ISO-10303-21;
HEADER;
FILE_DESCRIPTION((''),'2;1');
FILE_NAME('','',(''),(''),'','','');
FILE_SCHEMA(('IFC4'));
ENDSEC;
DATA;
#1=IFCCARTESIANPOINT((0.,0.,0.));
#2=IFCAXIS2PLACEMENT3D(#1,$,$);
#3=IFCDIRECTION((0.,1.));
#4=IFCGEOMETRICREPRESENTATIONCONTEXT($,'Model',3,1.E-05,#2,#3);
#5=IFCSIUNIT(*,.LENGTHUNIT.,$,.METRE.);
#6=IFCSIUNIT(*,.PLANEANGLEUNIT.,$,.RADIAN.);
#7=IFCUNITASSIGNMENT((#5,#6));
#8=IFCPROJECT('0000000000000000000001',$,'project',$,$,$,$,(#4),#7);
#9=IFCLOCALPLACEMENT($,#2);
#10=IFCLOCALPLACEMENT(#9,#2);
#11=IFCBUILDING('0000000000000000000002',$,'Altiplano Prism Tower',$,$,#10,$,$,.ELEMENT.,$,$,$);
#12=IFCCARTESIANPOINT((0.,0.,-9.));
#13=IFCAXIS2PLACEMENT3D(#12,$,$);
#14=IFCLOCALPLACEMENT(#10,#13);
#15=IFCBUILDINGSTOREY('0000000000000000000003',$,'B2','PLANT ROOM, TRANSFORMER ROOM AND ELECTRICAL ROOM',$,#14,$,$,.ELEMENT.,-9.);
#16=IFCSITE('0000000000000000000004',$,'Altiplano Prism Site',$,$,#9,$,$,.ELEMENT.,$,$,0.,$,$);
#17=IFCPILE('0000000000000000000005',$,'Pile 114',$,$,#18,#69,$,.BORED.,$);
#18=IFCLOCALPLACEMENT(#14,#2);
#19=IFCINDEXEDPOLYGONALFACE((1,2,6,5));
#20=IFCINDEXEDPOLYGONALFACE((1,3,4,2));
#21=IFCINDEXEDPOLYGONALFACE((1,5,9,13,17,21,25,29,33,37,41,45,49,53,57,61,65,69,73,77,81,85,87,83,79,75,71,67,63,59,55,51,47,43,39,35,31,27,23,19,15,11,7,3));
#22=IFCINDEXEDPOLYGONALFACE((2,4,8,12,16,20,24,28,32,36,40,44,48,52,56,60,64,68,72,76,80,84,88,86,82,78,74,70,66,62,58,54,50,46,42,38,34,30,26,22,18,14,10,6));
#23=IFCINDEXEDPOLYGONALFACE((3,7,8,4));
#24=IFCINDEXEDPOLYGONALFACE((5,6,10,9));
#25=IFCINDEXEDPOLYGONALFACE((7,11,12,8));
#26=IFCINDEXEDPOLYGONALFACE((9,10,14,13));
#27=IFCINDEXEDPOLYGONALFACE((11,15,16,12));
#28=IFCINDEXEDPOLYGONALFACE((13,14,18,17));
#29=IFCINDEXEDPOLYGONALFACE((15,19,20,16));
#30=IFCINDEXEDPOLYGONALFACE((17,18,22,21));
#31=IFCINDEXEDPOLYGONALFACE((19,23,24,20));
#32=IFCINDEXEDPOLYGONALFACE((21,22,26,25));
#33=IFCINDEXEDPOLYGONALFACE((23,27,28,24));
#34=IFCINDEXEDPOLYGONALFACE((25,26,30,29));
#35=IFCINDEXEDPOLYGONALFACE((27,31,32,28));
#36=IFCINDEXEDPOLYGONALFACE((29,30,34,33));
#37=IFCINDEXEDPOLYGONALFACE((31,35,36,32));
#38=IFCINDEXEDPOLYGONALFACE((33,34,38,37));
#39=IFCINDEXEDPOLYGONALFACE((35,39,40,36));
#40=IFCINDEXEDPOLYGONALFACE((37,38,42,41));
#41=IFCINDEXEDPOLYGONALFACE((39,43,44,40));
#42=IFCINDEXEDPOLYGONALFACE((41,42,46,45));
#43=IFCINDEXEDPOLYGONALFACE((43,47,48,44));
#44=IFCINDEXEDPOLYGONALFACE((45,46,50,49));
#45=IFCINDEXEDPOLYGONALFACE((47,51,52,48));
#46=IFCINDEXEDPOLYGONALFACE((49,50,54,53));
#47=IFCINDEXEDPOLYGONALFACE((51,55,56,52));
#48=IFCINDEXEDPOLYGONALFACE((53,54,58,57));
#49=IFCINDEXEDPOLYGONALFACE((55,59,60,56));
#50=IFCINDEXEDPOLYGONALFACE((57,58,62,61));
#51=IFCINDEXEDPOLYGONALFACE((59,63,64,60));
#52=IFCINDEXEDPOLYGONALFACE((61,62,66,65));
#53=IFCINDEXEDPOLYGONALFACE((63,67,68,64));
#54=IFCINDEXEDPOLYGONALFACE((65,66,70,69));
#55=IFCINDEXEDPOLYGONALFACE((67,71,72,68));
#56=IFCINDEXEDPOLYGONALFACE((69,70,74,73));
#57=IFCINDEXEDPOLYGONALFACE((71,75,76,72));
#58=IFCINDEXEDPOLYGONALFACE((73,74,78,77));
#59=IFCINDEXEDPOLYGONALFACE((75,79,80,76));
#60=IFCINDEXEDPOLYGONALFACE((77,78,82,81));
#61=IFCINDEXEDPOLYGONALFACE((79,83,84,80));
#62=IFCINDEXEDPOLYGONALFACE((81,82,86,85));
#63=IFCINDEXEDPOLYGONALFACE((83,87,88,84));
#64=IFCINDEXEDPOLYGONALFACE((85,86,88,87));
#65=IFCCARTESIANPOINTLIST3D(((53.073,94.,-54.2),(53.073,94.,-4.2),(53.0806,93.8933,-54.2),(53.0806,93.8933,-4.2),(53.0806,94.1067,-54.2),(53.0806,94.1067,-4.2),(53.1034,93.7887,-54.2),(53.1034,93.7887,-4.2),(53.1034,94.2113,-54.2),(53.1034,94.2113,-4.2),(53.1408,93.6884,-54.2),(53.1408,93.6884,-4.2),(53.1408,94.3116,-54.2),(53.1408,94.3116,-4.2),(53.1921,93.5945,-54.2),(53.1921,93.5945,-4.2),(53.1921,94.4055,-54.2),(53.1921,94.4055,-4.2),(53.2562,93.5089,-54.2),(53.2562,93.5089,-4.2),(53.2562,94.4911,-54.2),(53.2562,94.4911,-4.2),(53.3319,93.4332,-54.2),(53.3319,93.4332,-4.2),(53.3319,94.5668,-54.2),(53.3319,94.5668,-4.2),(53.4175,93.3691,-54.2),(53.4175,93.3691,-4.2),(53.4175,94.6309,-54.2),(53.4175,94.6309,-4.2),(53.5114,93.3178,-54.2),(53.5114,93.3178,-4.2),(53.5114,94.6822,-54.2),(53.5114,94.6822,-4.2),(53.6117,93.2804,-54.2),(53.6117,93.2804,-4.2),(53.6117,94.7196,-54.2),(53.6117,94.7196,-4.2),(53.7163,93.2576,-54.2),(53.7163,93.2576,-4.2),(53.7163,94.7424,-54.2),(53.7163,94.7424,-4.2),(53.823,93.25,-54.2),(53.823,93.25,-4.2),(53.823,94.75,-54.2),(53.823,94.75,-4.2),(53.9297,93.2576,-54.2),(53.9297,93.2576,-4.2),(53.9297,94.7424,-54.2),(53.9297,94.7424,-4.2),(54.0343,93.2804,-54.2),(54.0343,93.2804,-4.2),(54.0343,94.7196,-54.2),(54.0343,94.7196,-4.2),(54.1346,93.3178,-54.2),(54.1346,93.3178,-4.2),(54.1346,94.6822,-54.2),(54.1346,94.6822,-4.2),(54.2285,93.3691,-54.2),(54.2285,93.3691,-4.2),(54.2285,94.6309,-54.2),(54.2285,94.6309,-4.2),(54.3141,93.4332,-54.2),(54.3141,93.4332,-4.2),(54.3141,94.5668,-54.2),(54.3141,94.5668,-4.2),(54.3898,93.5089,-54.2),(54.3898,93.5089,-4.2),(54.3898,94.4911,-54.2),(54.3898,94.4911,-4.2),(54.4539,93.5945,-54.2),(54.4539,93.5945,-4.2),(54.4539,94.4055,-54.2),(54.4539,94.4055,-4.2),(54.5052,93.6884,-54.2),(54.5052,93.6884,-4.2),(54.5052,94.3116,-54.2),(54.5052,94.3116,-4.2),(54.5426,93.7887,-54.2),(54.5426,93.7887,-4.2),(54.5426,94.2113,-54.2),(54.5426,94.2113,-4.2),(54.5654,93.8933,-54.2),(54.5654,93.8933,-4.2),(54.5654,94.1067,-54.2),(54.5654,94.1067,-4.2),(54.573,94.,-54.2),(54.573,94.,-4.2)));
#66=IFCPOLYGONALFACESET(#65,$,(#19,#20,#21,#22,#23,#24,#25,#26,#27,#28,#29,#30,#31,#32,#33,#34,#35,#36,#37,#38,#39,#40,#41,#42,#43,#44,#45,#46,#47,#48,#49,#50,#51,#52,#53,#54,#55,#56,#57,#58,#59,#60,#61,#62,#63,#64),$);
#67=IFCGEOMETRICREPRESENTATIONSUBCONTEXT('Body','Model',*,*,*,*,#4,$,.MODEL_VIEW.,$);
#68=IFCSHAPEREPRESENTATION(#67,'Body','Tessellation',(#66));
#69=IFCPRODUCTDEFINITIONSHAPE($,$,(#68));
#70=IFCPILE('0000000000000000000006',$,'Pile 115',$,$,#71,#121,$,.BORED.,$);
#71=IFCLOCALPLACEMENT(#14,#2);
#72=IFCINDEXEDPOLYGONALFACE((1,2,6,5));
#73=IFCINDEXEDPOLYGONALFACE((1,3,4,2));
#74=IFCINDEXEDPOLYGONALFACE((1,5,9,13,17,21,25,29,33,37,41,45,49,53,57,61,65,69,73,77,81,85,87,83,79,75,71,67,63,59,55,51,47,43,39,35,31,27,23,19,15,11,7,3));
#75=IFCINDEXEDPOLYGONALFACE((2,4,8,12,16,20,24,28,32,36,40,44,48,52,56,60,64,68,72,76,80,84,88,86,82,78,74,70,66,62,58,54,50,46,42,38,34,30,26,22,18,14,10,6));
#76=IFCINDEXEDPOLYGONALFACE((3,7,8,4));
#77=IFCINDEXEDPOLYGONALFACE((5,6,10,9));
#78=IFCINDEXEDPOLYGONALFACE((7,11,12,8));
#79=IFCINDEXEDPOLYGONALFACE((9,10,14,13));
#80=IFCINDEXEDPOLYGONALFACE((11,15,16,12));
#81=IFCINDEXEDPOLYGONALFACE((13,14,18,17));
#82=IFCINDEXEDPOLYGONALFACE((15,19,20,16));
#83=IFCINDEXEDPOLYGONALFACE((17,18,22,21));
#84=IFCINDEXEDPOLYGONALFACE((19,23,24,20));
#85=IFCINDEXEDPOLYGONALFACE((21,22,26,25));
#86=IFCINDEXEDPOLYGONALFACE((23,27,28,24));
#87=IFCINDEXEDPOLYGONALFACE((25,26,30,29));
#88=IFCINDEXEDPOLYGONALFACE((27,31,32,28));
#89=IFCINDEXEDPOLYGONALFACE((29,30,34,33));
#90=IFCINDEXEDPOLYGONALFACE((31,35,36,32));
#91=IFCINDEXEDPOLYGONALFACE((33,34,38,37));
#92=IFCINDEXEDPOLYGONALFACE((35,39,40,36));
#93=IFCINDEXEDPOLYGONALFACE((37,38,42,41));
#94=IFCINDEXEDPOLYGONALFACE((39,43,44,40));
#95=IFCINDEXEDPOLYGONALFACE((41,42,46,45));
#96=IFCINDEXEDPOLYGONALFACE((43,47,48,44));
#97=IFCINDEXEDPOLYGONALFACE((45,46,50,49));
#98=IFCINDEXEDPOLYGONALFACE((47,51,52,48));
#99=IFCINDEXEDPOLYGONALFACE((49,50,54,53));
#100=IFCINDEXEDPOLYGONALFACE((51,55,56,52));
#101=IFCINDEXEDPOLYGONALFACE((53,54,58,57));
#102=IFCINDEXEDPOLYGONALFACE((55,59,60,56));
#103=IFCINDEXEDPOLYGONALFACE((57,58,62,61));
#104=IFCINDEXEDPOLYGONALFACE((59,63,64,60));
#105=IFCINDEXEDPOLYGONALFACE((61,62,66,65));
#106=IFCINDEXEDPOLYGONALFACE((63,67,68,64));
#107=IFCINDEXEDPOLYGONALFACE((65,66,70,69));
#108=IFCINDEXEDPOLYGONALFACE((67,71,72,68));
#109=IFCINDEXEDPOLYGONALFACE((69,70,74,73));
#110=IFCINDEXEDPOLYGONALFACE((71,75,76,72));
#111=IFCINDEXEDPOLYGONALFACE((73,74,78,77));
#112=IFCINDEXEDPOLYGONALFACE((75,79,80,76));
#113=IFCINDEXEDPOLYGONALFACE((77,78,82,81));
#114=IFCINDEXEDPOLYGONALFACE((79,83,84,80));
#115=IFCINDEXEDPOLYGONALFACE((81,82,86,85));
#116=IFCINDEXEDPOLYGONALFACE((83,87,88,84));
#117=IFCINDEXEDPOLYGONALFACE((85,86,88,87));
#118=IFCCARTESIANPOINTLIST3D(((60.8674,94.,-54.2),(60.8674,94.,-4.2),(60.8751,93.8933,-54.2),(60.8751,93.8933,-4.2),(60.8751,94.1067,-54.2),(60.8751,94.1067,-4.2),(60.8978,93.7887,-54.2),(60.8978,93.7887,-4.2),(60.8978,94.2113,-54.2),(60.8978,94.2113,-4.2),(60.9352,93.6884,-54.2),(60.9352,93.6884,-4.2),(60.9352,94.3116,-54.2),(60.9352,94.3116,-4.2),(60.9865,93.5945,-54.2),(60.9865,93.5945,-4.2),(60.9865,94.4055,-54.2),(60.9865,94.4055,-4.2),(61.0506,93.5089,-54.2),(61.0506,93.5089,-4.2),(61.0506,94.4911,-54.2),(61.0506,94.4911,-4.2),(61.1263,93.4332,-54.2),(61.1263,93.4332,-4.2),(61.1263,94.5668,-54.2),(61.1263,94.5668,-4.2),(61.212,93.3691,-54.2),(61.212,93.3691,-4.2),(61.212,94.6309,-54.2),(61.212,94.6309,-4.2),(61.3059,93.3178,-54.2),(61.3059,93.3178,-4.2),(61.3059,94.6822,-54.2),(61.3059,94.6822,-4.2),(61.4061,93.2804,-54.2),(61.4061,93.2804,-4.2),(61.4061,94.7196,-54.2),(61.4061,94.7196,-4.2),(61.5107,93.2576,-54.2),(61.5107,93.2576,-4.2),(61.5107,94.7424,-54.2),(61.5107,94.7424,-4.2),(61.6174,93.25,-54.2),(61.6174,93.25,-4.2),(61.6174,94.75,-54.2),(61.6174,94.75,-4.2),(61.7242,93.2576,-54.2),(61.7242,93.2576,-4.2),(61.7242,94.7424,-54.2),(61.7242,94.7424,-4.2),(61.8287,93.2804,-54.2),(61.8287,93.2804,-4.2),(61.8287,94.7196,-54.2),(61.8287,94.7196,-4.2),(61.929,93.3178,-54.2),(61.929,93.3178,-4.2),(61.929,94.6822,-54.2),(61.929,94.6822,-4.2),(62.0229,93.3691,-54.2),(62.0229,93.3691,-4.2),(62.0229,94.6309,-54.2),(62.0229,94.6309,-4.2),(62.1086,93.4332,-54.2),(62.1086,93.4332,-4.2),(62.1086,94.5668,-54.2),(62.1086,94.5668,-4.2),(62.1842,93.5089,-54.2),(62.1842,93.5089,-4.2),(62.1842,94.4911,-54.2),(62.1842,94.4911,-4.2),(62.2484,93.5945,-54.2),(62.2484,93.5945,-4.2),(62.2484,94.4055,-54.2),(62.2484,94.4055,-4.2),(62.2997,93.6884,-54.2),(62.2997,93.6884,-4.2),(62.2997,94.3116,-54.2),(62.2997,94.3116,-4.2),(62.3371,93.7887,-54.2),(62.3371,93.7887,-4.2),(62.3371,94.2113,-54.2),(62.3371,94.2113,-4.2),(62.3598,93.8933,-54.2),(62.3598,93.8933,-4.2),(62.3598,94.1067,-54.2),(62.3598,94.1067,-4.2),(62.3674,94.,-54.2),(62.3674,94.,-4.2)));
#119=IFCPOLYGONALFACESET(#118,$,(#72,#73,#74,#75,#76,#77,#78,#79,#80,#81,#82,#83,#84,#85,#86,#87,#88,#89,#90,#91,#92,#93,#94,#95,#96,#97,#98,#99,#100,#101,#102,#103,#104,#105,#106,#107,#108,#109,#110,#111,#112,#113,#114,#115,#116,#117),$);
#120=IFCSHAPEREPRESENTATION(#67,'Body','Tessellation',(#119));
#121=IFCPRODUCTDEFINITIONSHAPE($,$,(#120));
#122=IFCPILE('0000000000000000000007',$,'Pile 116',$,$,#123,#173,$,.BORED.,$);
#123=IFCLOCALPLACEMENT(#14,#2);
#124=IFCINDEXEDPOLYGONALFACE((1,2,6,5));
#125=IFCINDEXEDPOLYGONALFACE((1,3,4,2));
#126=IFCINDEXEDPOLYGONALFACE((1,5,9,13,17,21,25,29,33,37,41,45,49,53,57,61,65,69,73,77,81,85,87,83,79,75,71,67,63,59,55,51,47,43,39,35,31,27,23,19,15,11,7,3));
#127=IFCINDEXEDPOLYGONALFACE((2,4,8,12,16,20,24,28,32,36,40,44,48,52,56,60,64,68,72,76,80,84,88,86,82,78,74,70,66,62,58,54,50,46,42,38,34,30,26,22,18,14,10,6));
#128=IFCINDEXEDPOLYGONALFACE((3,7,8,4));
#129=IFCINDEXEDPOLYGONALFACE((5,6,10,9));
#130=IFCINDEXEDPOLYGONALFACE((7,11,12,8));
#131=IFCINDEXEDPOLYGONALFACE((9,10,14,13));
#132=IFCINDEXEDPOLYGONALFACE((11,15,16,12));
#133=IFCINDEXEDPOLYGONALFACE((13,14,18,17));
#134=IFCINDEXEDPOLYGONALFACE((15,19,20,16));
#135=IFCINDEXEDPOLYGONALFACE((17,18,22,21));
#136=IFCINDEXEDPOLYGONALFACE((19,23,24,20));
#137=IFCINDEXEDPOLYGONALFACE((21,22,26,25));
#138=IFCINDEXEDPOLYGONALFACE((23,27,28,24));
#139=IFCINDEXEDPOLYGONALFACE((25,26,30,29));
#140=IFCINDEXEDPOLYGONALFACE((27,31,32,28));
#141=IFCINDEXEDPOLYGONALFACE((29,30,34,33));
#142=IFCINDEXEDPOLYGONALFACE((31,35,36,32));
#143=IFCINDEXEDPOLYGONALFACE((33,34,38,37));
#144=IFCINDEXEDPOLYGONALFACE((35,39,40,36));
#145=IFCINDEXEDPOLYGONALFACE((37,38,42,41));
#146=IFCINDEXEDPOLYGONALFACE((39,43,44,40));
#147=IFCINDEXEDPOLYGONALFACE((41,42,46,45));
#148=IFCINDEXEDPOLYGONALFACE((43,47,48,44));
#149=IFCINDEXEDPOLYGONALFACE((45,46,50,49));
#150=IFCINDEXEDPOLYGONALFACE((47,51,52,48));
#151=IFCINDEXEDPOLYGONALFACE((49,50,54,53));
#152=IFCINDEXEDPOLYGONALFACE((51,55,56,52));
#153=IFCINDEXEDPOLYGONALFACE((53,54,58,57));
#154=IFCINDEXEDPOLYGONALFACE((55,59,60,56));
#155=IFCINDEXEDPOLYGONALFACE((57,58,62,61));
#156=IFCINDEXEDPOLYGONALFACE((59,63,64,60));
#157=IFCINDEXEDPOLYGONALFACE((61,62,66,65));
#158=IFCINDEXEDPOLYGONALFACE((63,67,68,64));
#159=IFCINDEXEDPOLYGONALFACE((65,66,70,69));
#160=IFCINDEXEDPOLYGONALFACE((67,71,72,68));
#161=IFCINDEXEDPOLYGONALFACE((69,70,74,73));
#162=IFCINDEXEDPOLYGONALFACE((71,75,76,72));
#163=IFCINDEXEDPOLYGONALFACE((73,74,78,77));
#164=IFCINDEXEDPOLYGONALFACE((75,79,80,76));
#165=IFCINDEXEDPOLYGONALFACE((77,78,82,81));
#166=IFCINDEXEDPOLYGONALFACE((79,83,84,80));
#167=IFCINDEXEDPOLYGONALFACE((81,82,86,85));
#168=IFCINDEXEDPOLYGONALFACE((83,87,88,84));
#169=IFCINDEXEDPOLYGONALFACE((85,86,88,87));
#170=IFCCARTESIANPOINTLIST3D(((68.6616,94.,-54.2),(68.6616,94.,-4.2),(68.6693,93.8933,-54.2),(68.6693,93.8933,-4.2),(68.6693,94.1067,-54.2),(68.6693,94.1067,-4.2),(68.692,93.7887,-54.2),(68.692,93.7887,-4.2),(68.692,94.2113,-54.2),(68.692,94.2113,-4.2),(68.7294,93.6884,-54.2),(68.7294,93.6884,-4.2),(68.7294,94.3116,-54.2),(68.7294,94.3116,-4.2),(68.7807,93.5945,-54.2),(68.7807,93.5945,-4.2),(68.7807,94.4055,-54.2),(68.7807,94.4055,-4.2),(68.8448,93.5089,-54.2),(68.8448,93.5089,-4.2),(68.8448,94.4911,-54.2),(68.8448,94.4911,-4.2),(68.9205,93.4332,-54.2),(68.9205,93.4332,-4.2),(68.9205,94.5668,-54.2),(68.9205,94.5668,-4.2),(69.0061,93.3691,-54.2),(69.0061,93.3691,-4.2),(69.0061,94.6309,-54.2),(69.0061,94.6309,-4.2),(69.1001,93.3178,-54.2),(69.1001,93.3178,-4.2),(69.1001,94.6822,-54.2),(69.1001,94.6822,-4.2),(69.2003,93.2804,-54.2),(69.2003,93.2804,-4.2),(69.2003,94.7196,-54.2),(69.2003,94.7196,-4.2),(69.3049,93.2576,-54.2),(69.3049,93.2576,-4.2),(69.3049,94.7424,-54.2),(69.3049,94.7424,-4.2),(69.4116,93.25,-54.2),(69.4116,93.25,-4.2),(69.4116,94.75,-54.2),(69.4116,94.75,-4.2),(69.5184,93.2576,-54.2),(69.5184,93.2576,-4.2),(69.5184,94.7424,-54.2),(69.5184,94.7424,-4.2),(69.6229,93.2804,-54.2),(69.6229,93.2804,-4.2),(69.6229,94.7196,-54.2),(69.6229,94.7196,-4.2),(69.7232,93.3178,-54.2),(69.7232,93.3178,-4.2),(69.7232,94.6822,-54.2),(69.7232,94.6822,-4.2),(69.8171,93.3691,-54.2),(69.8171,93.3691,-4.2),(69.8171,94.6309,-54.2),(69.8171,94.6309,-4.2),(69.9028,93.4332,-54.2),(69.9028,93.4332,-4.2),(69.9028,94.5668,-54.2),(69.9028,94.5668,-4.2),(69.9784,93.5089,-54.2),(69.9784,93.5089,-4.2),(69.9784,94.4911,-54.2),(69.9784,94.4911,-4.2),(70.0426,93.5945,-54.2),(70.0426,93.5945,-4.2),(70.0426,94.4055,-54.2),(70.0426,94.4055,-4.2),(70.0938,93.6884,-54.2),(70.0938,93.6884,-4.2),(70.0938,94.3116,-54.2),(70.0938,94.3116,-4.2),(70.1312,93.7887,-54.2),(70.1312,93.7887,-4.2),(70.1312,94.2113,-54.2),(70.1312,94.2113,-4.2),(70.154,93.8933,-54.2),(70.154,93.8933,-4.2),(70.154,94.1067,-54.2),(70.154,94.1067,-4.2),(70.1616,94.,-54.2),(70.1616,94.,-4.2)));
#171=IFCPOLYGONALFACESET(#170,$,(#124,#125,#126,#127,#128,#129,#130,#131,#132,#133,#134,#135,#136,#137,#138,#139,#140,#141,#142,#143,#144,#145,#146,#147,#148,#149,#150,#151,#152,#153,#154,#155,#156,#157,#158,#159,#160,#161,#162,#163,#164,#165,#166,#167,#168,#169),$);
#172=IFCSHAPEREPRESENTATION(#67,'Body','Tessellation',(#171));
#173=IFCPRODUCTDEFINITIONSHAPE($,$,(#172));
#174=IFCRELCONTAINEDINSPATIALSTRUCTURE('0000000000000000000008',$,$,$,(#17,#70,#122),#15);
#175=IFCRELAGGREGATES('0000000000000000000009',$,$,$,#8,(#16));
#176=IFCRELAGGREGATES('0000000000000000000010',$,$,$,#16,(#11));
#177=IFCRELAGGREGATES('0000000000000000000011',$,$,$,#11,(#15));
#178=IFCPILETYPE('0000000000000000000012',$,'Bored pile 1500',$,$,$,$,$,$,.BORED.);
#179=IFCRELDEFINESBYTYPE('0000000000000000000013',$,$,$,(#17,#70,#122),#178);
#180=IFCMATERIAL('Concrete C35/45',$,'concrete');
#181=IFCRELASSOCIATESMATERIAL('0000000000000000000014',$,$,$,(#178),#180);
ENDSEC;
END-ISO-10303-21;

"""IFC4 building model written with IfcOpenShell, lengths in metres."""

from ifc_helpers import new_model, si_unit, direction, frame, origin, origin_2d, place, context, subcontext, project, spatial, circle, extrude, material, material_profile, profile_set, type_object, element, save


model = new_model("IFC4")

# Units and contexts
model_context = context("Model", 3, precision=1e-05, world=origin(), true_north=direction((0.0, 1.0)))
body_context = subcontext(model_context, "Body", "Model", "MODEL_VIEW")
ifc_project = project(units=[si_unit("LENGTHUNIT", "METRE"), si_unit("PLANEANGLEUNIT", "RADIAN")], contexts=[model_context])

# Site, building, storey
site_placement = place(None, origin())
site = spatial("IfcSite", under=ifc_project, at=site_placement, Name="Altiplano Prism Site", CompositionType="ELEMENT", RefElevation=0.0)
building_placement = place(site_placement, origin())
building = spatial("IfcBuilding", under=site, at=building_placement, Name="Altiplano Prism Tower", CompositionType="ELEMENT")
storey_placement = place(building_placement, frame((0.0, 0.0, -9.0)))
storey = spatial("IfcBuildingStorey", under=building, at=storey_placement, Name="B2", Description="PLANT ROOM, TRANSFORMER ROOM AND ELECTRICAL ROOM", CompositionType="ELEMENT", Elevation=-9.0)

# Piles
ifc_material_1 = material(Name="Concrete C35/45", Category="concrete")
ifc_material_profile_1 = material_profile(ifc_material_1, circle(Radius=0.75, at=origin_2d()), Name="Bored pile 1500")
ifc_profile_set_1 = profile_set([ifc_material_profile_1], Name="Concrete C35/45")
pile_type = type_object("IfcPileType", Name="Bored pile 1500", PredefinedType="BORED", material=ifc_profile_set_1)
for number, where, z_axis, x_axis, name in (
    (1, (53.823, 94.0, -4.2), (0.0, 0.0, -1.0), (1.0, 0.0, 0.0), "Pile 114"),
    (2, (61.6174, 94.0, -4.2), (0.0, 0.0, -1.0), (1.0, 0.0, 0.0), "Pile 115"),
    (3, (69.4116, 94.0, -4.2), (0.0, 0.0, -1.0), (1.0, 0.0, 0.0), "Pile 116"),
):
    element("IfcPile", number, at=place(storey_placement, frame(where, z_axis=z_axis, x_axis=x_axis)), inside=storey, type_object=pile_type, Name=name, PredefinedType="BORED", context=body_context, shape_type="SweptSolid", body=[
        extrude(circle(Radius=0.75, at=origin_2d()), origin(), (0.0, 0.0, 1.0), 50.0),
    ])

save(model, "model.ifc")
